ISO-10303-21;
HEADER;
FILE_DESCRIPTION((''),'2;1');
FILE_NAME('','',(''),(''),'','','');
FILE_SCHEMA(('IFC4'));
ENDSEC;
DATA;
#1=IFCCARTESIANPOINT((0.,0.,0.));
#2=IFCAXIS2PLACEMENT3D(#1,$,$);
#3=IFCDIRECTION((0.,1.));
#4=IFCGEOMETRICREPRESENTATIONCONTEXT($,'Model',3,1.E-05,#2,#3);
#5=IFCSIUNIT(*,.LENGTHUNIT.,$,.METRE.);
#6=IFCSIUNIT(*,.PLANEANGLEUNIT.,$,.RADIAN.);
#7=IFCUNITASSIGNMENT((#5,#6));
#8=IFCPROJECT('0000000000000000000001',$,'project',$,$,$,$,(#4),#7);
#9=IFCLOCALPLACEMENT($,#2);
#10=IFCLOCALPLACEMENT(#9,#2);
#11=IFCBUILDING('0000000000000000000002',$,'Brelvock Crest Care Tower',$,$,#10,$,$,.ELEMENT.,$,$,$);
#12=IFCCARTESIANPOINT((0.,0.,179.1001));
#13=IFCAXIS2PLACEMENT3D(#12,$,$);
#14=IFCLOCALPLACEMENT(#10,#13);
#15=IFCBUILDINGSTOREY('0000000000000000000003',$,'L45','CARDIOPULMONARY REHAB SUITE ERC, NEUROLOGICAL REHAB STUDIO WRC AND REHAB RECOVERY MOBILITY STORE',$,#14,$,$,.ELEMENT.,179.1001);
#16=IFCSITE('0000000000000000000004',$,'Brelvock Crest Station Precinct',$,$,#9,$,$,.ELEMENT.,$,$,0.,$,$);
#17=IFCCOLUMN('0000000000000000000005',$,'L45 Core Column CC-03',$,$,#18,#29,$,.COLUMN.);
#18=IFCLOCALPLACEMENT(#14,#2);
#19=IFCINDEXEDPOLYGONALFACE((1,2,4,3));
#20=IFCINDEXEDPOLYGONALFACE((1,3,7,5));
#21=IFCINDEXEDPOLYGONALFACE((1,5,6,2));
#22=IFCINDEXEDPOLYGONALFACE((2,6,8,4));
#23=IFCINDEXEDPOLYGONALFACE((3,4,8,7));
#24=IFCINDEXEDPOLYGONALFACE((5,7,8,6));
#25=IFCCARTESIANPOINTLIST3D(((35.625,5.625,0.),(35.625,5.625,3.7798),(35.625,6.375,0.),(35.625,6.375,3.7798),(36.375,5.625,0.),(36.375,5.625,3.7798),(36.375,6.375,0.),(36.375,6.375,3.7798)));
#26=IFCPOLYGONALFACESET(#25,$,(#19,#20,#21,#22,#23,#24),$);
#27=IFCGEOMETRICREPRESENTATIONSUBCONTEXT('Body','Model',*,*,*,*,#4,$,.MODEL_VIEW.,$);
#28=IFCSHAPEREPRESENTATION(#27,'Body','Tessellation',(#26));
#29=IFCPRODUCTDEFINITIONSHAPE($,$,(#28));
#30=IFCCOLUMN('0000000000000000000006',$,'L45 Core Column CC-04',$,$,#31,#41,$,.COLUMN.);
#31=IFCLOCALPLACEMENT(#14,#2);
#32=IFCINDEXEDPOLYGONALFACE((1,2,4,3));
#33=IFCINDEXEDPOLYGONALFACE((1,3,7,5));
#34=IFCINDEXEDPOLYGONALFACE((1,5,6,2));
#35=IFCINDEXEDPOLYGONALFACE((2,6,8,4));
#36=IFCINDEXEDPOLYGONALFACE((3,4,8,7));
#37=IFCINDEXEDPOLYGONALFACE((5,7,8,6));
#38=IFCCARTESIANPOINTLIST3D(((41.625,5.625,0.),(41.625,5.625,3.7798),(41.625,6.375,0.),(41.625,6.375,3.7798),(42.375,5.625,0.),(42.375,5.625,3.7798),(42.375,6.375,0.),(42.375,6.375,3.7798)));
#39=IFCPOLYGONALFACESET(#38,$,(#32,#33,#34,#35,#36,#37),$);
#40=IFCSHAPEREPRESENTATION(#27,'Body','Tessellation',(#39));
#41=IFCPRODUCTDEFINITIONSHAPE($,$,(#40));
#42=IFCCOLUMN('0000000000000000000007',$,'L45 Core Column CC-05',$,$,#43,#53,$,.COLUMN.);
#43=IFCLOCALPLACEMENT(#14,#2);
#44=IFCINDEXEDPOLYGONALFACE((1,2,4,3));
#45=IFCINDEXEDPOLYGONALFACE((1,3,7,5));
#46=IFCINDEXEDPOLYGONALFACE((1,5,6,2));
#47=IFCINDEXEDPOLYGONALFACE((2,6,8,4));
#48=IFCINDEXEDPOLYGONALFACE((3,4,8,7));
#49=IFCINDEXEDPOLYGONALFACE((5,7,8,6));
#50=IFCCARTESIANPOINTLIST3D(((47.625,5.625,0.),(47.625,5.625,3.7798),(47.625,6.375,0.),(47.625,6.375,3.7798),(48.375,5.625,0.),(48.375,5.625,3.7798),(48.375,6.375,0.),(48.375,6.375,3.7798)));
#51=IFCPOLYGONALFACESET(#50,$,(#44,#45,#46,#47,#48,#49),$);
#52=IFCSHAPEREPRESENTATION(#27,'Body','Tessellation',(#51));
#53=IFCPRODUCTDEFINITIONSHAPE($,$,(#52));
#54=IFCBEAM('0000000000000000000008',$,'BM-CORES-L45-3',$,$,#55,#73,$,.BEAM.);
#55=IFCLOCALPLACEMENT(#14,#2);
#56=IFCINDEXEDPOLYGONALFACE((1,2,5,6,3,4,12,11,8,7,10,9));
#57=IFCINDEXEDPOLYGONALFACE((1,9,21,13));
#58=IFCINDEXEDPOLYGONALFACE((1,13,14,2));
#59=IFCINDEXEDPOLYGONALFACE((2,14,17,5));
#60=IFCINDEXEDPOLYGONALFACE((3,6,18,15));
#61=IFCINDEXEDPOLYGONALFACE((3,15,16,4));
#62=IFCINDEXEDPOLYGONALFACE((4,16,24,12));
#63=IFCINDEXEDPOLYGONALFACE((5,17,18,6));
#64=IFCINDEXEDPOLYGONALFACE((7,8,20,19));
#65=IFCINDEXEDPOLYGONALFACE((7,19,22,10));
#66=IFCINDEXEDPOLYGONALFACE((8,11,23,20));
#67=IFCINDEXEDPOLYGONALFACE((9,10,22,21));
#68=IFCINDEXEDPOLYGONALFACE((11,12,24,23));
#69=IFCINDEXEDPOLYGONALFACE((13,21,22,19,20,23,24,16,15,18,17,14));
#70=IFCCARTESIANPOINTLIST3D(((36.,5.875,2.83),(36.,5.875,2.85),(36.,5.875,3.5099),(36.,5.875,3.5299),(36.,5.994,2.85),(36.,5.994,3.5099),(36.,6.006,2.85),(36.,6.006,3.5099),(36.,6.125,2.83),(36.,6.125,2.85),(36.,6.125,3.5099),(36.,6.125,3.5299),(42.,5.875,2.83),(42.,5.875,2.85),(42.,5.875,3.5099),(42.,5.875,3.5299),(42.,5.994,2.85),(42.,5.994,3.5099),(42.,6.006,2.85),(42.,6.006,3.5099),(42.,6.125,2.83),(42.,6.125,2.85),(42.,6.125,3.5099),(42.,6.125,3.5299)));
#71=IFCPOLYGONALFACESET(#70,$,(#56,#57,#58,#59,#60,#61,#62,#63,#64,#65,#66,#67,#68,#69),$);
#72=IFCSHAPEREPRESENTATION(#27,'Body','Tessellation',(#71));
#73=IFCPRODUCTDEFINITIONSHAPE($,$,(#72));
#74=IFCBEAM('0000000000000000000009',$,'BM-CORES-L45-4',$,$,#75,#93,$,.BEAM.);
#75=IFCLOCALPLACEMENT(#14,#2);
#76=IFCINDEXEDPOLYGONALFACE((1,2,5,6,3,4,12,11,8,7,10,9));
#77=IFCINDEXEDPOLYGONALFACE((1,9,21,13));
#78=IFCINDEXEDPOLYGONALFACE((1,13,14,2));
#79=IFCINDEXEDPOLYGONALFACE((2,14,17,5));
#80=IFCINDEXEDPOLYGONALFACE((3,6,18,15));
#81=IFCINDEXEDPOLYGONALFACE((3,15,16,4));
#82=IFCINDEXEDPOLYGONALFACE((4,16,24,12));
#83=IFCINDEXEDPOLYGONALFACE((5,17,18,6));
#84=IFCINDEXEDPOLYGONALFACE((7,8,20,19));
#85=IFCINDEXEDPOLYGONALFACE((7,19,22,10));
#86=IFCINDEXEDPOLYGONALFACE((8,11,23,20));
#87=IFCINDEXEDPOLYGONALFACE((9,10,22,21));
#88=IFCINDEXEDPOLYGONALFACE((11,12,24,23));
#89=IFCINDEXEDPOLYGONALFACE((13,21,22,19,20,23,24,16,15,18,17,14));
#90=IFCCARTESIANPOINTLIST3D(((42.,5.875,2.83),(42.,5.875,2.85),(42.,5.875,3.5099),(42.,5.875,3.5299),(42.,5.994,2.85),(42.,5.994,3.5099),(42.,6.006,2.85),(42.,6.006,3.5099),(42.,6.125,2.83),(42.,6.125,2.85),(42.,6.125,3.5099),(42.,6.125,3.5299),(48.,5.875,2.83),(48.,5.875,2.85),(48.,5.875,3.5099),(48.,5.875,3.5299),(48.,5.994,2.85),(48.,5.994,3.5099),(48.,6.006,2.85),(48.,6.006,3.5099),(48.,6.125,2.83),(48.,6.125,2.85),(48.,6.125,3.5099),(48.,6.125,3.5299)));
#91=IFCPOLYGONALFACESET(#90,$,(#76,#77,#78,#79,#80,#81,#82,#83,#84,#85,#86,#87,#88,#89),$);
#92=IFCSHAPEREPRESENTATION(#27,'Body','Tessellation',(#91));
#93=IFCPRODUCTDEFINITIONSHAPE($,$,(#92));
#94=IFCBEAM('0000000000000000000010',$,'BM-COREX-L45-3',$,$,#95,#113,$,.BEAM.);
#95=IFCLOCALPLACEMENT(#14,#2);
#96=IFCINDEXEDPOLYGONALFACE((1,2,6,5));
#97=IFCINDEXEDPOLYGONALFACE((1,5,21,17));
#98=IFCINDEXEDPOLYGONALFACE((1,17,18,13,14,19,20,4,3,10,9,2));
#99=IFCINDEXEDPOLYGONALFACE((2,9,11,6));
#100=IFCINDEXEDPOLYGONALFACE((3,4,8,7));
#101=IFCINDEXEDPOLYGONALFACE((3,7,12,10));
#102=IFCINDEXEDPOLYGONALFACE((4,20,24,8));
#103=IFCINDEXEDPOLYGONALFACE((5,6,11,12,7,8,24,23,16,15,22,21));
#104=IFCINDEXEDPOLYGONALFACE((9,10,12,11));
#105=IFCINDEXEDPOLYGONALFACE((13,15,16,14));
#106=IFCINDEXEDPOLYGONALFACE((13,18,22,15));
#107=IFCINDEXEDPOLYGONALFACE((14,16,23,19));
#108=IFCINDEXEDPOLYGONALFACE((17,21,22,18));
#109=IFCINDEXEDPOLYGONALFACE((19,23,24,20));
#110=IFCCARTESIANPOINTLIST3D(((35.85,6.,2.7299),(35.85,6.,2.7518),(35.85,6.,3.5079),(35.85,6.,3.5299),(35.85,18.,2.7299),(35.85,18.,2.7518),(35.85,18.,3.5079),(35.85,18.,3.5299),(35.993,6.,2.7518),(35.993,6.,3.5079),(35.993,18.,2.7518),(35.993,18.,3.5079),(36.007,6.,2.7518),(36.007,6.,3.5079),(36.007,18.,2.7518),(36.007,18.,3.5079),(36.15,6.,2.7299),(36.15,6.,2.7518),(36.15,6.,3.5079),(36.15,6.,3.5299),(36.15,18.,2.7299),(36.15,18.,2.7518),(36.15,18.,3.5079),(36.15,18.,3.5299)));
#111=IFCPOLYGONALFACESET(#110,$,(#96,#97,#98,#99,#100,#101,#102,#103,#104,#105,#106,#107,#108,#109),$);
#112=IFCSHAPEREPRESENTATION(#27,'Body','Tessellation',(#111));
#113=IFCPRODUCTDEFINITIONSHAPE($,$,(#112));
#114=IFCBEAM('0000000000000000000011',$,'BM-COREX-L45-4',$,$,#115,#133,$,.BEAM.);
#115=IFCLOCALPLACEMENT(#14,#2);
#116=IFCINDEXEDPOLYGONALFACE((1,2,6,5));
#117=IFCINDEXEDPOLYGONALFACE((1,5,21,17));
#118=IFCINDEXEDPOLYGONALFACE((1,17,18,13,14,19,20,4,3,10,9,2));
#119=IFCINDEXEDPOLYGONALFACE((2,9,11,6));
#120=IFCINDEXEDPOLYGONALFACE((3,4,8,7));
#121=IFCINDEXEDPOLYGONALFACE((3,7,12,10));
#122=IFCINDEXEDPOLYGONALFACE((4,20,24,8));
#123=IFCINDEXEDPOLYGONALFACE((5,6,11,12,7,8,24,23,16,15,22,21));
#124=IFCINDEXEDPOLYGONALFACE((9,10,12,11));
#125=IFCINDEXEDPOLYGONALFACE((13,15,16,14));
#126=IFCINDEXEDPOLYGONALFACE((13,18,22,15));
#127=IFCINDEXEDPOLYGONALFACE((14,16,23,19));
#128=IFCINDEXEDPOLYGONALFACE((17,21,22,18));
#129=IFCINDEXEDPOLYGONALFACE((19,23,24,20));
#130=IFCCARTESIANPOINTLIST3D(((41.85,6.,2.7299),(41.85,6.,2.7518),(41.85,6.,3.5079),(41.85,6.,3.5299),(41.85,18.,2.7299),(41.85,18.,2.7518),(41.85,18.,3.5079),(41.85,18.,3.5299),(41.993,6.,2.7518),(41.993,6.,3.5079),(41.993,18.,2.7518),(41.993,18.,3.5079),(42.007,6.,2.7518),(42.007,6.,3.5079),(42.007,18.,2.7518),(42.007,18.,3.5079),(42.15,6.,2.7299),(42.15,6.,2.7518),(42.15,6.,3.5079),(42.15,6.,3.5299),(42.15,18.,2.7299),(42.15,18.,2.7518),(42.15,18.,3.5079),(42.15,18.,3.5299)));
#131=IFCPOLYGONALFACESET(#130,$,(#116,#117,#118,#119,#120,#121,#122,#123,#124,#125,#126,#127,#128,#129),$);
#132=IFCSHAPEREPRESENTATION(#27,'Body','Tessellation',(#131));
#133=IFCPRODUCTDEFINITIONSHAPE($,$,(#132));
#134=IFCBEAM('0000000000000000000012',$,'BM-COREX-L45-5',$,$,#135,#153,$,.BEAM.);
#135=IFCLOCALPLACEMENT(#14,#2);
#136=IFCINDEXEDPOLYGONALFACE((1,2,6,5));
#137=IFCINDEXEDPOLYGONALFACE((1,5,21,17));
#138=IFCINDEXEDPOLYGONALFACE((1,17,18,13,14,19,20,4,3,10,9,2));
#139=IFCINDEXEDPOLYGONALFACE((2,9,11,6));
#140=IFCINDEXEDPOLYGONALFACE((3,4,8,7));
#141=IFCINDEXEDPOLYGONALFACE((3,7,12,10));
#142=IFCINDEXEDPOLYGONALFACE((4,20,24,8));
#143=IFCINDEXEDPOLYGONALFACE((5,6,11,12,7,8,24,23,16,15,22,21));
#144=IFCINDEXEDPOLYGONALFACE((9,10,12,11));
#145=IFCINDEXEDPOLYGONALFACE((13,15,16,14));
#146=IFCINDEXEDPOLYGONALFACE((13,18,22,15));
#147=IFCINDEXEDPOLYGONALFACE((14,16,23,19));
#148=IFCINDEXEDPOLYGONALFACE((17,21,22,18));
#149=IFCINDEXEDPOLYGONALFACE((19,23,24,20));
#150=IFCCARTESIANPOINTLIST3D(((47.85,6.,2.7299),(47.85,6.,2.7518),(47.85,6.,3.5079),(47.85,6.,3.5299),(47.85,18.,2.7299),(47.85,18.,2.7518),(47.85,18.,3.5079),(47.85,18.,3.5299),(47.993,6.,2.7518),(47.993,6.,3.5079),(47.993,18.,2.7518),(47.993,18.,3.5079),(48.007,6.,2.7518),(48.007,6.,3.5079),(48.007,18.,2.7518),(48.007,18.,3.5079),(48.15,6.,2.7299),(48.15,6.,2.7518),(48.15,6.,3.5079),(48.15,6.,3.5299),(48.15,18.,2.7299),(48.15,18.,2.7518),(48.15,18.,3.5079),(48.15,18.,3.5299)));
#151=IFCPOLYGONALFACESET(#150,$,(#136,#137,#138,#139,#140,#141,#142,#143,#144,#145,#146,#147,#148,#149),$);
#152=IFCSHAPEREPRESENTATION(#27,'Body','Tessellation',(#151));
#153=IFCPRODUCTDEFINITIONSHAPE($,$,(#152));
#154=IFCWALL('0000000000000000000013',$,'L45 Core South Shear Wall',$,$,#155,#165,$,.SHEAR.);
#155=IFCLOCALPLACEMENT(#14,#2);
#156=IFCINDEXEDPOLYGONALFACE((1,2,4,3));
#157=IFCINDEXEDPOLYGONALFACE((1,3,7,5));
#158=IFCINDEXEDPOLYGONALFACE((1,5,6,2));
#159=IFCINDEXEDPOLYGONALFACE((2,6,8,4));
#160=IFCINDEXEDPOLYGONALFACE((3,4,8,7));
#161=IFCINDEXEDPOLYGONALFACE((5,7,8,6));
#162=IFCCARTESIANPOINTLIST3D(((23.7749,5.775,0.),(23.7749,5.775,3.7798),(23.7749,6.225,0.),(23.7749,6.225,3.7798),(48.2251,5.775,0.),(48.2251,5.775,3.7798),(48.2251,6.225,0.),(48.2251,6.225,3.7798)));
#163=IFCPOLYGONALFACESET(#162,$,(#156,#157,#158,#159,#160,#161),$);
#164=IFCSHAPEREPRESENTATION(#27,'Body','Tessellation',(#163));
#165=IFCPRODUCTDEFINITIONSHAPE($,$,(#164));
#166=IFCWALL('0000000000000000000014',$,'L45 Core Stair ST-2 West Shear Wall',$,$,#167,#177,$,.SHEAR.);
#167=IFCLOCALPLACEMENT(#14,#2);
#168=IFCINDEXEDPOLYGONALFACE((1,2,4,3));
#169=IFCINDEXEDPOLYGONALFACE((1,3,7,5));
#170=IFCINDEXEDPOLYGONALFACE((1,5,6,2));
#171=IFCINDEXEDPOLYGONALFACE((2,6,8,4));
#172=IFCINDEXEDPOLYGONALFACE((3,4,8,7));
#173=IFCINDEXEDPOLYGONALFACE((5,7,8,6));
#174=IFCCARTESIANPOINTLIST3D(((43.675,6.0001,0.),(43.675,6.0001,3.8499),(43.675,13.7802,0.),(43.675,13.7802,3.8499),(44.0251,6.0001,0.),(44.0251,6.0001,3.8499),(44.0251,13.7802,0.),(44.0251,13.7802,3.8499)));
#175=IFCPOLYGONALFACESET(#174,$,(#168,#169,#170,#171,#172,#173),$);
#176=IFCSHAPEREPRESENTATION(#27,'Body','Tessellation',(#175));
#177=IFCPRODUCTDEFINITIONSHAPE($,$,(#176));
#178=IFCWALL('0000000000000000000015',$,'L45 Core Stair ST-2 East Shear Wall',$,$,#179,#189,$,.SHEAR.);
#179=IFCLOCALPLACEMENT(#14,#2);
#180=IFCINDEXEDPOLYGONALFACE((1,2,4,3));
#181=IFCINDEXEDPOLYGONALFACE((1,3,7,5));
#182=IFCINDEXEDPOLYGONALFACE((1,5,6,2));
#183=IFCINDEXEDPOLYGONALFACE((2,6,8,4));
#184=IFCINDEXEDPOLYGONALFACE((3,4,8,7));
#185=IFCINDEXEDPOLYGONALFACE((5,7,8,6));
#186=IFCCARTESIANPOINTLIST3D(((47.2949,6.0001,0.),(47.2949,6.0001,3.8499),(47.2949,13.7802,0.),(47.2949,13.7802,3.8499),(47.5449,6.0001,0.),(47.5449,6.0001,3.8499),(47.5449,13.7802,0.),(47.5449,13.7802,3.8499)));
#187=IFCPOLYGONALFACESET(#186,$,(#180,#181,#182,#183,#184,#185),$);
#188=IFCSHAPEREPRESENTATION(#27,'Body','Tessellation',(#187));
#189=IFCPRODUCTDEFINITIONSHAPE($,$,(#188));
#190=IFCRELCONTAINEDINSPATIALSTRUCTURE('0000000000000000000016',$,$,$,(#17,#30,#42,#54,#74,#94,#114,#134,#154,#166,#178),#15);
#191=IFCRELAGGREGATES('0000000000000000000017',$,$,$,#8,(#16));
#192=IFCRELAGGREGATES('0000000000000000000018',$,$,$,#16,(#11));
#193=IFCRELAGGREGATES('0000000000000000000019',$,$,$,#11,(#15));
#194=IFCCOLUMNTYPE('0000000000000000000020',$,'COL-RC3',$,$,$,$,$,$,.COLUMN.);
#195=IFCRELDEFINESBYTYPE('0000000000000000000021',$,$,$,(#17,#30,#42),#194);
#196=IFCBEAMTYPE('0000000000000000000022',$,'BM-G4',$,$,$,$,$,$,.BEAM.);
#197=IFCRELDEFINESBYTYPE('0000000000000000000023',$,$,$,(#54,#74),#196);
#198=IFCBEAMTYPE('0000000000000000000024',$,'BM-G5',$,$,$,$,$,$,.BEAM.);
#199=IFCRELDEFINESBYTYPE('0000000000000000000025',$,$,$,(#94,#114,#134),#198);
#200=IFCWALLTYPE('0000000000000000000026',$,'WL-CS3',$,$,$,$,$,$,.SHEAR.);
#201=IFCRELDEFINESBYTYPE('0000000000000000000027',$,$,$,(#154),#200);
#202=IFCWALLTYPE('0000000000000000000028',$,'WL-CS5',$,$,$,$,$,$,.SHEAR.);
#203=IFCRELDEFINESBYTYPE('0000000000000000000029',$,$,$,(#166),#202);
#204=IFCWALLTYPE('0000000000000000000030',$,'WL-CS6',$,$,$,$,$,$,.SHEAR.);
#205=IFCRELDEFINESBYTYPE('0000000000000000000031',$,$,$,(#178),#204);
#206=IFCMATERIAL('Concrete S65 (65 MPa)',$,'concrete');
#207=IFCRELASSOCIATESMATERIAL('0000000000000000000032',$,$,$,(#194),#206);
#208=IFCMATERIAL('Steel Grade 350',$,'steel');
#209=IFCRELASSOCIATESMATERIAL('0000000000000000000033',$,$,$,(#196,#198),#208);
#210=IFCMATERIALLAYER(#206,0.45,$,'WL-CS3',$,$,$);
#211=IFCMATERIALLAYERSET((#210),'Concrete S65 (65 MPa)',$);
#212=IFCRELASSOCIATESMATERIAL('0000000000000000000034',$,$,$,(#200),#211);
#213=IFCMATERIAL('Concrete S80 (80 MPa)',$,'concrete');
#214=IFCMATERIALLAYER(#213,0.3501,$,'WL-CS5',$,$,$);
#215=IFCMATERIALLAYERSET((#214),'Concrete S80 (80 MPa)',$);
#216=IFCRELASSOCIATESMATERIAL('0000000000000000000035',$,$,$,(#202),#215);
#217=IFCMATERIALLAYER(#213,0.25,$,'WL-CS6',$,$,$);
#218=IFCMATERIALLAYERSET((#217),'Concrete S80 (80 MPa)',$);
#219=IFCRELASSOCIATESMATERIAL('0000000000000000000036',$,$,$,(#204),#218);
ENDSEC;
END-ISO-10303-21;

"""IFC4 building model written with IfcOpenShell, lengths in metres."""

from ifc_helpers import new_model, si_unit, direction, frame, frame_2d, origin, origin_2d, place, context, subcontext, project, spatial, rectangle, i_section, extrude, source, transform, mapped, material, layer, layer_set, material_profile, profile_set, type_object, element, save


model = new_model("IFC4")

# Units and contexts
model_context = context("Model", 3, precision=1e-05, world=origin(), true_north=direction((0.0, 1.0)))
body_context = subcontext(model_context, "Body", "Model", "MODEL_VIEW")
ifc_project = project(units=[si_unit("LENGTHUNIT", "METRE"), si_unit("PLANEANGLEUNIT", "RADIAN")], contexts=[model_context])

# Site, building, storey
site_placement = place(None, origin())
site = spatial("IfcSite", under=ifc_project, at=site_placement, Name="Brelvock Crest Station Precinct", CompositionType="ELEMENT", RefElevation=0.0)
building_placement = place(site_placement, origin())
building = spatial("IfcBuilding", under=site, at=building_placement, Name="Brelvock Crest Care Tower", CompositionType="ELEMENT")
storey_placement = place(building_placement, frame((0.0, 0.0, 179.1001)))
storey = spatial("IfcBuildingStorey", under=building, at=storey_placement, Name="L45", Description="CARDIOPULMONARY REHAB SUITE ERC, NEUROLOGICAL REHAB STUDIO WRC AND REHAB RECOVERY MOBILITY STORE", CompositionType="ELEMENT", Elevation=179.1001)

# Columns
ifc_material_1 = material(Name="Concrete S65 (65 MPa)", Category="concrete")
ifc_material_profile_1 = material_profile(ifc_material_1, rectangle(XDim=0.75, YDim=0.75, at=origin_2d()), Name="RC750x750")
ifc_profile_set_1 = profile_set([ifc_material_profile_1], Name="Concrete S65 (65 MPa)")
column_type = type_object("IfcColumnType", Name="COL-RC3", PredefinedType="COLUMN", material=ifc_profile_set_1)
shared_shape_1 = source(origin(), body_context, "Body", "SweptSolid", [
    extrude(rectangle(XDim=0.75, YDim=0.75, at=origin_2d()), origin(), (0.0, 0.0, 1.0), 3.7798),
])
for number, where, z_axis, x_axis, name in (
    (1, (36.0, 6.0, 0.0), (0.0, 0.0, 1.0), (1.0, 0.0, 0.0), "L45 Core Column CC-03"),
    (2, (42.0, 6.0, 0.0), (0.0, 0.0, 1.0), (1.0, 0.0, 0.0), "L45 Core Column CC-04"),
    (3, (48.0, 6.0, 0.0), (0.0, 0.0, 1.0), (1.0, 0.0, 0.0), "L45 Core Column CC-05"),
):
    element("IfcColumn", number, at=place(storey_placement, frame(where, z_axis=z_axis, x_axis=x_axis)), inside=storey, type_object=column_type, Name=name, PredefinedType="COLUMN", context=body_context, shape_type="MappedRepresentation", body=[
        mapped(shared_shape_1, transform((0.0, 0.0, 0.0), x_axis=(1.0, 0.0, 0.0), y_axis=(0.0, 1.0, 0.0), z_axis=(0.0, 0.0, 1.0), scale=1.0)),
    ])

# Beams
ifc_material_2 = material(Name="Steel Grade 350", Category="steel")
ifc_material_profile_2 = material_profile(ifc_material_2, i_section(OverallWidth=0.25, OverallDepth=0.7, WebThickness=0.012, FlangeThickness=0.02, at=origin_2d()), Name="700WB150")
ifc_profile_set_2 = profile_set([ifc_material_profile_2], Name="Steel Grade 350")
beam_type_1 = type_object("IfcBeamType", Name="BM-G4", PredefinedType="BEAM", material=ifc_profile_set_2)
shared_shape_2 = source(origin(), body_context, "Body", "SweptSolid", [
    extrude(i_section(OverallWidth=0.25, OverallDepth=0.7, WebThickness=0.012, FlangeThickness=0.02, at=origin_2d()), origin(), (0.0, 0.0, 1.0), 6.0),
])
for number, where, z_axis, x_axis, name in (
    (4, (36.0, 6.0, 3.1799), (1.0, 0.0, 0.0), (0.0, 1.0, 0.0), "BM-CORES-L45-3"),
    (5, (42.0, 6.0, 3.1799), (1.0, 0.0, 0.0), (0.0, 1.0, 0.0), "BM-CORES-L45-4"),
):
    element("IfcBeam", number, at=place(storey_placement, frame(where, z_axis=z_axis, x_axis=x_axis)), inside=storey, type_object=beam_type_1, Name=name, PredefinedType="BEAM", context=body_context, shape_type="MappedRepresentation", body=[
        mapped(shared_shape_2, transform((0.0, 0.0, 0.0), x_axis=(1.0, 0.0, 0.0), y_axis=(0.0, 1.0, 0.0), z_axis=(0.0, 0.0, 1.0), scale=1.0)),
    ])
ifc_material_profile_3 = material_profile(ifc_material_2, i_section(OverallWidth=0.3, OverallDepth=0.8, WebThickness=0.0139, FlangeThickness=0.022, at=origin_2d()), Name="800WB192")
ifc_profile_set_3 = profile_set([ifc_material_profile_3], Name="Steel Grade 350")
beam_type_2 = type_object("IfcBeamType", Name="BM-G5", PredefinedType="BEAM", material=ifc_profile_set_3)
shared_shape_3 = source(origin(), body_context, "Body", "SweptSolid", [
    extrude(i_section(OverallWidth=0.3, OverallDepth=0.8, WebThickness=0.0139, FlangeThickness=0.022, at=origin_2d()), origin(), (0.0, 0.0, 1.0), 12.0),
])
for number, where, z_axis, x_axis, name in (
    (6, (36.0, 6.0, 3.1299), (0.0, 1.0, 0.0), (-1.0, 0.0, 0.0), "BM-COREX-L45-3"),
    (7, (42.0, 6.0, 3.1299), (0.0, 1.0, 0.0), (-1.0, 0.0, 0.0), "BM-COREX-L45-4"),
    (8, (48.0, 6.0, 3.1299), (0.0, 1.0, 0.0), (-1.0, 0.0, 0.0), "BM-COREX-L45-5"),
):
    element("IfcBeam", number, at=place(storey_placement, frame(where, z_axis=z_axis, x_axis=x_axis)), inside=storey, type_object=beam_type_2, Name=name, PredefinedType="BEAM", context=body_context, shape_type="MappedRepresentation", body=[
        mapped(shared_shape_3, transform((0.0, 0.0, 0.0), x_axis=(1.0, 0.0, 0.0), y_axis=(0.0, 1.0, 0.0), z_axis=(0.0, 0.0, 1.0), scale=1.0)),
    ])

# Walls
ifc_layer_1 = layer(ifc_material_1, 0.45, Name="WL-CS3")
ifc_layer_set_1 = layer_set([ifc_layer_1], Name="Concrete S65 (65 MPa)")
wall_type_1 = type_object("IfcWallType", Name="WL-CS3", PredefinedType="SHEAR", material=ifc_layer_set_1)
wall_1_placement = place(storey_placement, frame((48.2251, 6.0, 0.0), z_axis=(0.0, 0.0, 1.0), x_axis=(-1.0, 0.0, 0.0)))
element("IfcWall", 9, at=wall_1_placement, inside=storey, type_object=wall_type_1, Name="L45 Core South Shear Wall", PredefinedType="SHEAR", context=body_context, shape_type="SweptSolid", body=[
    extrude(rectangle(XDim=24.4502, YDim=0.45, at=frame_2d((12.2251, 0.0))), origin(), (0.0, 0.0, 1.0), 3.7798),
])
ifc_material_3 = material(Name="Concrete S80 (80 MPa)", Category="concrete")
ifc_layer_2 = layer(ifc_material_3, 0.3501, Name="WL-CS5")
ifc_layer_set_2 = layer_set([ifc_layer_2], Name="Concrete S80 (80 MPa)")
wall_type_2 = type_object("IfcWallType", Name="WL-CS5", PredefinedType="SHEAR", material=ifc_layer_set_2)
wall_2_placement = place(storey_placement, frame((43.8501, 6.0, 0.0), z_axis=(0.0, 0.0, 1.0), x_axis=(0.0, 1.0, 0.0)))
element("IfcWall", 10, at=wall_2_placement, inside=storey, type_object=wall_type_2, Name="L45 Core Stair ST-2 West Shear Wall", PredefinedType="SHEAR", context=body_context, shape_type="SweptSolid", body=[
    extrude(rectangle(XDim=7.78, YDim=0.3501, at=frame_2d((3.8901, 0.0))), origin(), (0.0, 0.0, 1.0), 3.8499),
])
ifc_layer_3 = layer(ifc_material_3, 0.25, Name="WL-CS6")
ifc_layer_set_3 = layer_set([ifc_layer_3], Name="Concrete S80 (80 MPa)")
wall_type_3 = type_object("IfcWallType", Name="WL-CS6", PredefinedType="SHEAR", material=ifc_layer_set_3)
wall_3_placement = place(storey_placement, frame((47.4199, 6.0, 0.0), z_axis=(0.0, 0.0, 1.0), x_axis=(0.0, 1.0, 0.0)))
element("IfcWall", 11, at=wall_3_placement, inside=storey, type_object=wall_type_3, Name="L45 Core Stair ST-2 East Shear Wall", PredefinedType="SHEAR", context=body_context, shape_type="SweptSolid", body=[
    extrude(rectangle(XDim=7.78, YDim=0.25, at=frame_2d((3.8901, 0.0))), origin(), (0.0, 0.0, 1.0), 3.8499),
])

save(model, "model.ifc")
